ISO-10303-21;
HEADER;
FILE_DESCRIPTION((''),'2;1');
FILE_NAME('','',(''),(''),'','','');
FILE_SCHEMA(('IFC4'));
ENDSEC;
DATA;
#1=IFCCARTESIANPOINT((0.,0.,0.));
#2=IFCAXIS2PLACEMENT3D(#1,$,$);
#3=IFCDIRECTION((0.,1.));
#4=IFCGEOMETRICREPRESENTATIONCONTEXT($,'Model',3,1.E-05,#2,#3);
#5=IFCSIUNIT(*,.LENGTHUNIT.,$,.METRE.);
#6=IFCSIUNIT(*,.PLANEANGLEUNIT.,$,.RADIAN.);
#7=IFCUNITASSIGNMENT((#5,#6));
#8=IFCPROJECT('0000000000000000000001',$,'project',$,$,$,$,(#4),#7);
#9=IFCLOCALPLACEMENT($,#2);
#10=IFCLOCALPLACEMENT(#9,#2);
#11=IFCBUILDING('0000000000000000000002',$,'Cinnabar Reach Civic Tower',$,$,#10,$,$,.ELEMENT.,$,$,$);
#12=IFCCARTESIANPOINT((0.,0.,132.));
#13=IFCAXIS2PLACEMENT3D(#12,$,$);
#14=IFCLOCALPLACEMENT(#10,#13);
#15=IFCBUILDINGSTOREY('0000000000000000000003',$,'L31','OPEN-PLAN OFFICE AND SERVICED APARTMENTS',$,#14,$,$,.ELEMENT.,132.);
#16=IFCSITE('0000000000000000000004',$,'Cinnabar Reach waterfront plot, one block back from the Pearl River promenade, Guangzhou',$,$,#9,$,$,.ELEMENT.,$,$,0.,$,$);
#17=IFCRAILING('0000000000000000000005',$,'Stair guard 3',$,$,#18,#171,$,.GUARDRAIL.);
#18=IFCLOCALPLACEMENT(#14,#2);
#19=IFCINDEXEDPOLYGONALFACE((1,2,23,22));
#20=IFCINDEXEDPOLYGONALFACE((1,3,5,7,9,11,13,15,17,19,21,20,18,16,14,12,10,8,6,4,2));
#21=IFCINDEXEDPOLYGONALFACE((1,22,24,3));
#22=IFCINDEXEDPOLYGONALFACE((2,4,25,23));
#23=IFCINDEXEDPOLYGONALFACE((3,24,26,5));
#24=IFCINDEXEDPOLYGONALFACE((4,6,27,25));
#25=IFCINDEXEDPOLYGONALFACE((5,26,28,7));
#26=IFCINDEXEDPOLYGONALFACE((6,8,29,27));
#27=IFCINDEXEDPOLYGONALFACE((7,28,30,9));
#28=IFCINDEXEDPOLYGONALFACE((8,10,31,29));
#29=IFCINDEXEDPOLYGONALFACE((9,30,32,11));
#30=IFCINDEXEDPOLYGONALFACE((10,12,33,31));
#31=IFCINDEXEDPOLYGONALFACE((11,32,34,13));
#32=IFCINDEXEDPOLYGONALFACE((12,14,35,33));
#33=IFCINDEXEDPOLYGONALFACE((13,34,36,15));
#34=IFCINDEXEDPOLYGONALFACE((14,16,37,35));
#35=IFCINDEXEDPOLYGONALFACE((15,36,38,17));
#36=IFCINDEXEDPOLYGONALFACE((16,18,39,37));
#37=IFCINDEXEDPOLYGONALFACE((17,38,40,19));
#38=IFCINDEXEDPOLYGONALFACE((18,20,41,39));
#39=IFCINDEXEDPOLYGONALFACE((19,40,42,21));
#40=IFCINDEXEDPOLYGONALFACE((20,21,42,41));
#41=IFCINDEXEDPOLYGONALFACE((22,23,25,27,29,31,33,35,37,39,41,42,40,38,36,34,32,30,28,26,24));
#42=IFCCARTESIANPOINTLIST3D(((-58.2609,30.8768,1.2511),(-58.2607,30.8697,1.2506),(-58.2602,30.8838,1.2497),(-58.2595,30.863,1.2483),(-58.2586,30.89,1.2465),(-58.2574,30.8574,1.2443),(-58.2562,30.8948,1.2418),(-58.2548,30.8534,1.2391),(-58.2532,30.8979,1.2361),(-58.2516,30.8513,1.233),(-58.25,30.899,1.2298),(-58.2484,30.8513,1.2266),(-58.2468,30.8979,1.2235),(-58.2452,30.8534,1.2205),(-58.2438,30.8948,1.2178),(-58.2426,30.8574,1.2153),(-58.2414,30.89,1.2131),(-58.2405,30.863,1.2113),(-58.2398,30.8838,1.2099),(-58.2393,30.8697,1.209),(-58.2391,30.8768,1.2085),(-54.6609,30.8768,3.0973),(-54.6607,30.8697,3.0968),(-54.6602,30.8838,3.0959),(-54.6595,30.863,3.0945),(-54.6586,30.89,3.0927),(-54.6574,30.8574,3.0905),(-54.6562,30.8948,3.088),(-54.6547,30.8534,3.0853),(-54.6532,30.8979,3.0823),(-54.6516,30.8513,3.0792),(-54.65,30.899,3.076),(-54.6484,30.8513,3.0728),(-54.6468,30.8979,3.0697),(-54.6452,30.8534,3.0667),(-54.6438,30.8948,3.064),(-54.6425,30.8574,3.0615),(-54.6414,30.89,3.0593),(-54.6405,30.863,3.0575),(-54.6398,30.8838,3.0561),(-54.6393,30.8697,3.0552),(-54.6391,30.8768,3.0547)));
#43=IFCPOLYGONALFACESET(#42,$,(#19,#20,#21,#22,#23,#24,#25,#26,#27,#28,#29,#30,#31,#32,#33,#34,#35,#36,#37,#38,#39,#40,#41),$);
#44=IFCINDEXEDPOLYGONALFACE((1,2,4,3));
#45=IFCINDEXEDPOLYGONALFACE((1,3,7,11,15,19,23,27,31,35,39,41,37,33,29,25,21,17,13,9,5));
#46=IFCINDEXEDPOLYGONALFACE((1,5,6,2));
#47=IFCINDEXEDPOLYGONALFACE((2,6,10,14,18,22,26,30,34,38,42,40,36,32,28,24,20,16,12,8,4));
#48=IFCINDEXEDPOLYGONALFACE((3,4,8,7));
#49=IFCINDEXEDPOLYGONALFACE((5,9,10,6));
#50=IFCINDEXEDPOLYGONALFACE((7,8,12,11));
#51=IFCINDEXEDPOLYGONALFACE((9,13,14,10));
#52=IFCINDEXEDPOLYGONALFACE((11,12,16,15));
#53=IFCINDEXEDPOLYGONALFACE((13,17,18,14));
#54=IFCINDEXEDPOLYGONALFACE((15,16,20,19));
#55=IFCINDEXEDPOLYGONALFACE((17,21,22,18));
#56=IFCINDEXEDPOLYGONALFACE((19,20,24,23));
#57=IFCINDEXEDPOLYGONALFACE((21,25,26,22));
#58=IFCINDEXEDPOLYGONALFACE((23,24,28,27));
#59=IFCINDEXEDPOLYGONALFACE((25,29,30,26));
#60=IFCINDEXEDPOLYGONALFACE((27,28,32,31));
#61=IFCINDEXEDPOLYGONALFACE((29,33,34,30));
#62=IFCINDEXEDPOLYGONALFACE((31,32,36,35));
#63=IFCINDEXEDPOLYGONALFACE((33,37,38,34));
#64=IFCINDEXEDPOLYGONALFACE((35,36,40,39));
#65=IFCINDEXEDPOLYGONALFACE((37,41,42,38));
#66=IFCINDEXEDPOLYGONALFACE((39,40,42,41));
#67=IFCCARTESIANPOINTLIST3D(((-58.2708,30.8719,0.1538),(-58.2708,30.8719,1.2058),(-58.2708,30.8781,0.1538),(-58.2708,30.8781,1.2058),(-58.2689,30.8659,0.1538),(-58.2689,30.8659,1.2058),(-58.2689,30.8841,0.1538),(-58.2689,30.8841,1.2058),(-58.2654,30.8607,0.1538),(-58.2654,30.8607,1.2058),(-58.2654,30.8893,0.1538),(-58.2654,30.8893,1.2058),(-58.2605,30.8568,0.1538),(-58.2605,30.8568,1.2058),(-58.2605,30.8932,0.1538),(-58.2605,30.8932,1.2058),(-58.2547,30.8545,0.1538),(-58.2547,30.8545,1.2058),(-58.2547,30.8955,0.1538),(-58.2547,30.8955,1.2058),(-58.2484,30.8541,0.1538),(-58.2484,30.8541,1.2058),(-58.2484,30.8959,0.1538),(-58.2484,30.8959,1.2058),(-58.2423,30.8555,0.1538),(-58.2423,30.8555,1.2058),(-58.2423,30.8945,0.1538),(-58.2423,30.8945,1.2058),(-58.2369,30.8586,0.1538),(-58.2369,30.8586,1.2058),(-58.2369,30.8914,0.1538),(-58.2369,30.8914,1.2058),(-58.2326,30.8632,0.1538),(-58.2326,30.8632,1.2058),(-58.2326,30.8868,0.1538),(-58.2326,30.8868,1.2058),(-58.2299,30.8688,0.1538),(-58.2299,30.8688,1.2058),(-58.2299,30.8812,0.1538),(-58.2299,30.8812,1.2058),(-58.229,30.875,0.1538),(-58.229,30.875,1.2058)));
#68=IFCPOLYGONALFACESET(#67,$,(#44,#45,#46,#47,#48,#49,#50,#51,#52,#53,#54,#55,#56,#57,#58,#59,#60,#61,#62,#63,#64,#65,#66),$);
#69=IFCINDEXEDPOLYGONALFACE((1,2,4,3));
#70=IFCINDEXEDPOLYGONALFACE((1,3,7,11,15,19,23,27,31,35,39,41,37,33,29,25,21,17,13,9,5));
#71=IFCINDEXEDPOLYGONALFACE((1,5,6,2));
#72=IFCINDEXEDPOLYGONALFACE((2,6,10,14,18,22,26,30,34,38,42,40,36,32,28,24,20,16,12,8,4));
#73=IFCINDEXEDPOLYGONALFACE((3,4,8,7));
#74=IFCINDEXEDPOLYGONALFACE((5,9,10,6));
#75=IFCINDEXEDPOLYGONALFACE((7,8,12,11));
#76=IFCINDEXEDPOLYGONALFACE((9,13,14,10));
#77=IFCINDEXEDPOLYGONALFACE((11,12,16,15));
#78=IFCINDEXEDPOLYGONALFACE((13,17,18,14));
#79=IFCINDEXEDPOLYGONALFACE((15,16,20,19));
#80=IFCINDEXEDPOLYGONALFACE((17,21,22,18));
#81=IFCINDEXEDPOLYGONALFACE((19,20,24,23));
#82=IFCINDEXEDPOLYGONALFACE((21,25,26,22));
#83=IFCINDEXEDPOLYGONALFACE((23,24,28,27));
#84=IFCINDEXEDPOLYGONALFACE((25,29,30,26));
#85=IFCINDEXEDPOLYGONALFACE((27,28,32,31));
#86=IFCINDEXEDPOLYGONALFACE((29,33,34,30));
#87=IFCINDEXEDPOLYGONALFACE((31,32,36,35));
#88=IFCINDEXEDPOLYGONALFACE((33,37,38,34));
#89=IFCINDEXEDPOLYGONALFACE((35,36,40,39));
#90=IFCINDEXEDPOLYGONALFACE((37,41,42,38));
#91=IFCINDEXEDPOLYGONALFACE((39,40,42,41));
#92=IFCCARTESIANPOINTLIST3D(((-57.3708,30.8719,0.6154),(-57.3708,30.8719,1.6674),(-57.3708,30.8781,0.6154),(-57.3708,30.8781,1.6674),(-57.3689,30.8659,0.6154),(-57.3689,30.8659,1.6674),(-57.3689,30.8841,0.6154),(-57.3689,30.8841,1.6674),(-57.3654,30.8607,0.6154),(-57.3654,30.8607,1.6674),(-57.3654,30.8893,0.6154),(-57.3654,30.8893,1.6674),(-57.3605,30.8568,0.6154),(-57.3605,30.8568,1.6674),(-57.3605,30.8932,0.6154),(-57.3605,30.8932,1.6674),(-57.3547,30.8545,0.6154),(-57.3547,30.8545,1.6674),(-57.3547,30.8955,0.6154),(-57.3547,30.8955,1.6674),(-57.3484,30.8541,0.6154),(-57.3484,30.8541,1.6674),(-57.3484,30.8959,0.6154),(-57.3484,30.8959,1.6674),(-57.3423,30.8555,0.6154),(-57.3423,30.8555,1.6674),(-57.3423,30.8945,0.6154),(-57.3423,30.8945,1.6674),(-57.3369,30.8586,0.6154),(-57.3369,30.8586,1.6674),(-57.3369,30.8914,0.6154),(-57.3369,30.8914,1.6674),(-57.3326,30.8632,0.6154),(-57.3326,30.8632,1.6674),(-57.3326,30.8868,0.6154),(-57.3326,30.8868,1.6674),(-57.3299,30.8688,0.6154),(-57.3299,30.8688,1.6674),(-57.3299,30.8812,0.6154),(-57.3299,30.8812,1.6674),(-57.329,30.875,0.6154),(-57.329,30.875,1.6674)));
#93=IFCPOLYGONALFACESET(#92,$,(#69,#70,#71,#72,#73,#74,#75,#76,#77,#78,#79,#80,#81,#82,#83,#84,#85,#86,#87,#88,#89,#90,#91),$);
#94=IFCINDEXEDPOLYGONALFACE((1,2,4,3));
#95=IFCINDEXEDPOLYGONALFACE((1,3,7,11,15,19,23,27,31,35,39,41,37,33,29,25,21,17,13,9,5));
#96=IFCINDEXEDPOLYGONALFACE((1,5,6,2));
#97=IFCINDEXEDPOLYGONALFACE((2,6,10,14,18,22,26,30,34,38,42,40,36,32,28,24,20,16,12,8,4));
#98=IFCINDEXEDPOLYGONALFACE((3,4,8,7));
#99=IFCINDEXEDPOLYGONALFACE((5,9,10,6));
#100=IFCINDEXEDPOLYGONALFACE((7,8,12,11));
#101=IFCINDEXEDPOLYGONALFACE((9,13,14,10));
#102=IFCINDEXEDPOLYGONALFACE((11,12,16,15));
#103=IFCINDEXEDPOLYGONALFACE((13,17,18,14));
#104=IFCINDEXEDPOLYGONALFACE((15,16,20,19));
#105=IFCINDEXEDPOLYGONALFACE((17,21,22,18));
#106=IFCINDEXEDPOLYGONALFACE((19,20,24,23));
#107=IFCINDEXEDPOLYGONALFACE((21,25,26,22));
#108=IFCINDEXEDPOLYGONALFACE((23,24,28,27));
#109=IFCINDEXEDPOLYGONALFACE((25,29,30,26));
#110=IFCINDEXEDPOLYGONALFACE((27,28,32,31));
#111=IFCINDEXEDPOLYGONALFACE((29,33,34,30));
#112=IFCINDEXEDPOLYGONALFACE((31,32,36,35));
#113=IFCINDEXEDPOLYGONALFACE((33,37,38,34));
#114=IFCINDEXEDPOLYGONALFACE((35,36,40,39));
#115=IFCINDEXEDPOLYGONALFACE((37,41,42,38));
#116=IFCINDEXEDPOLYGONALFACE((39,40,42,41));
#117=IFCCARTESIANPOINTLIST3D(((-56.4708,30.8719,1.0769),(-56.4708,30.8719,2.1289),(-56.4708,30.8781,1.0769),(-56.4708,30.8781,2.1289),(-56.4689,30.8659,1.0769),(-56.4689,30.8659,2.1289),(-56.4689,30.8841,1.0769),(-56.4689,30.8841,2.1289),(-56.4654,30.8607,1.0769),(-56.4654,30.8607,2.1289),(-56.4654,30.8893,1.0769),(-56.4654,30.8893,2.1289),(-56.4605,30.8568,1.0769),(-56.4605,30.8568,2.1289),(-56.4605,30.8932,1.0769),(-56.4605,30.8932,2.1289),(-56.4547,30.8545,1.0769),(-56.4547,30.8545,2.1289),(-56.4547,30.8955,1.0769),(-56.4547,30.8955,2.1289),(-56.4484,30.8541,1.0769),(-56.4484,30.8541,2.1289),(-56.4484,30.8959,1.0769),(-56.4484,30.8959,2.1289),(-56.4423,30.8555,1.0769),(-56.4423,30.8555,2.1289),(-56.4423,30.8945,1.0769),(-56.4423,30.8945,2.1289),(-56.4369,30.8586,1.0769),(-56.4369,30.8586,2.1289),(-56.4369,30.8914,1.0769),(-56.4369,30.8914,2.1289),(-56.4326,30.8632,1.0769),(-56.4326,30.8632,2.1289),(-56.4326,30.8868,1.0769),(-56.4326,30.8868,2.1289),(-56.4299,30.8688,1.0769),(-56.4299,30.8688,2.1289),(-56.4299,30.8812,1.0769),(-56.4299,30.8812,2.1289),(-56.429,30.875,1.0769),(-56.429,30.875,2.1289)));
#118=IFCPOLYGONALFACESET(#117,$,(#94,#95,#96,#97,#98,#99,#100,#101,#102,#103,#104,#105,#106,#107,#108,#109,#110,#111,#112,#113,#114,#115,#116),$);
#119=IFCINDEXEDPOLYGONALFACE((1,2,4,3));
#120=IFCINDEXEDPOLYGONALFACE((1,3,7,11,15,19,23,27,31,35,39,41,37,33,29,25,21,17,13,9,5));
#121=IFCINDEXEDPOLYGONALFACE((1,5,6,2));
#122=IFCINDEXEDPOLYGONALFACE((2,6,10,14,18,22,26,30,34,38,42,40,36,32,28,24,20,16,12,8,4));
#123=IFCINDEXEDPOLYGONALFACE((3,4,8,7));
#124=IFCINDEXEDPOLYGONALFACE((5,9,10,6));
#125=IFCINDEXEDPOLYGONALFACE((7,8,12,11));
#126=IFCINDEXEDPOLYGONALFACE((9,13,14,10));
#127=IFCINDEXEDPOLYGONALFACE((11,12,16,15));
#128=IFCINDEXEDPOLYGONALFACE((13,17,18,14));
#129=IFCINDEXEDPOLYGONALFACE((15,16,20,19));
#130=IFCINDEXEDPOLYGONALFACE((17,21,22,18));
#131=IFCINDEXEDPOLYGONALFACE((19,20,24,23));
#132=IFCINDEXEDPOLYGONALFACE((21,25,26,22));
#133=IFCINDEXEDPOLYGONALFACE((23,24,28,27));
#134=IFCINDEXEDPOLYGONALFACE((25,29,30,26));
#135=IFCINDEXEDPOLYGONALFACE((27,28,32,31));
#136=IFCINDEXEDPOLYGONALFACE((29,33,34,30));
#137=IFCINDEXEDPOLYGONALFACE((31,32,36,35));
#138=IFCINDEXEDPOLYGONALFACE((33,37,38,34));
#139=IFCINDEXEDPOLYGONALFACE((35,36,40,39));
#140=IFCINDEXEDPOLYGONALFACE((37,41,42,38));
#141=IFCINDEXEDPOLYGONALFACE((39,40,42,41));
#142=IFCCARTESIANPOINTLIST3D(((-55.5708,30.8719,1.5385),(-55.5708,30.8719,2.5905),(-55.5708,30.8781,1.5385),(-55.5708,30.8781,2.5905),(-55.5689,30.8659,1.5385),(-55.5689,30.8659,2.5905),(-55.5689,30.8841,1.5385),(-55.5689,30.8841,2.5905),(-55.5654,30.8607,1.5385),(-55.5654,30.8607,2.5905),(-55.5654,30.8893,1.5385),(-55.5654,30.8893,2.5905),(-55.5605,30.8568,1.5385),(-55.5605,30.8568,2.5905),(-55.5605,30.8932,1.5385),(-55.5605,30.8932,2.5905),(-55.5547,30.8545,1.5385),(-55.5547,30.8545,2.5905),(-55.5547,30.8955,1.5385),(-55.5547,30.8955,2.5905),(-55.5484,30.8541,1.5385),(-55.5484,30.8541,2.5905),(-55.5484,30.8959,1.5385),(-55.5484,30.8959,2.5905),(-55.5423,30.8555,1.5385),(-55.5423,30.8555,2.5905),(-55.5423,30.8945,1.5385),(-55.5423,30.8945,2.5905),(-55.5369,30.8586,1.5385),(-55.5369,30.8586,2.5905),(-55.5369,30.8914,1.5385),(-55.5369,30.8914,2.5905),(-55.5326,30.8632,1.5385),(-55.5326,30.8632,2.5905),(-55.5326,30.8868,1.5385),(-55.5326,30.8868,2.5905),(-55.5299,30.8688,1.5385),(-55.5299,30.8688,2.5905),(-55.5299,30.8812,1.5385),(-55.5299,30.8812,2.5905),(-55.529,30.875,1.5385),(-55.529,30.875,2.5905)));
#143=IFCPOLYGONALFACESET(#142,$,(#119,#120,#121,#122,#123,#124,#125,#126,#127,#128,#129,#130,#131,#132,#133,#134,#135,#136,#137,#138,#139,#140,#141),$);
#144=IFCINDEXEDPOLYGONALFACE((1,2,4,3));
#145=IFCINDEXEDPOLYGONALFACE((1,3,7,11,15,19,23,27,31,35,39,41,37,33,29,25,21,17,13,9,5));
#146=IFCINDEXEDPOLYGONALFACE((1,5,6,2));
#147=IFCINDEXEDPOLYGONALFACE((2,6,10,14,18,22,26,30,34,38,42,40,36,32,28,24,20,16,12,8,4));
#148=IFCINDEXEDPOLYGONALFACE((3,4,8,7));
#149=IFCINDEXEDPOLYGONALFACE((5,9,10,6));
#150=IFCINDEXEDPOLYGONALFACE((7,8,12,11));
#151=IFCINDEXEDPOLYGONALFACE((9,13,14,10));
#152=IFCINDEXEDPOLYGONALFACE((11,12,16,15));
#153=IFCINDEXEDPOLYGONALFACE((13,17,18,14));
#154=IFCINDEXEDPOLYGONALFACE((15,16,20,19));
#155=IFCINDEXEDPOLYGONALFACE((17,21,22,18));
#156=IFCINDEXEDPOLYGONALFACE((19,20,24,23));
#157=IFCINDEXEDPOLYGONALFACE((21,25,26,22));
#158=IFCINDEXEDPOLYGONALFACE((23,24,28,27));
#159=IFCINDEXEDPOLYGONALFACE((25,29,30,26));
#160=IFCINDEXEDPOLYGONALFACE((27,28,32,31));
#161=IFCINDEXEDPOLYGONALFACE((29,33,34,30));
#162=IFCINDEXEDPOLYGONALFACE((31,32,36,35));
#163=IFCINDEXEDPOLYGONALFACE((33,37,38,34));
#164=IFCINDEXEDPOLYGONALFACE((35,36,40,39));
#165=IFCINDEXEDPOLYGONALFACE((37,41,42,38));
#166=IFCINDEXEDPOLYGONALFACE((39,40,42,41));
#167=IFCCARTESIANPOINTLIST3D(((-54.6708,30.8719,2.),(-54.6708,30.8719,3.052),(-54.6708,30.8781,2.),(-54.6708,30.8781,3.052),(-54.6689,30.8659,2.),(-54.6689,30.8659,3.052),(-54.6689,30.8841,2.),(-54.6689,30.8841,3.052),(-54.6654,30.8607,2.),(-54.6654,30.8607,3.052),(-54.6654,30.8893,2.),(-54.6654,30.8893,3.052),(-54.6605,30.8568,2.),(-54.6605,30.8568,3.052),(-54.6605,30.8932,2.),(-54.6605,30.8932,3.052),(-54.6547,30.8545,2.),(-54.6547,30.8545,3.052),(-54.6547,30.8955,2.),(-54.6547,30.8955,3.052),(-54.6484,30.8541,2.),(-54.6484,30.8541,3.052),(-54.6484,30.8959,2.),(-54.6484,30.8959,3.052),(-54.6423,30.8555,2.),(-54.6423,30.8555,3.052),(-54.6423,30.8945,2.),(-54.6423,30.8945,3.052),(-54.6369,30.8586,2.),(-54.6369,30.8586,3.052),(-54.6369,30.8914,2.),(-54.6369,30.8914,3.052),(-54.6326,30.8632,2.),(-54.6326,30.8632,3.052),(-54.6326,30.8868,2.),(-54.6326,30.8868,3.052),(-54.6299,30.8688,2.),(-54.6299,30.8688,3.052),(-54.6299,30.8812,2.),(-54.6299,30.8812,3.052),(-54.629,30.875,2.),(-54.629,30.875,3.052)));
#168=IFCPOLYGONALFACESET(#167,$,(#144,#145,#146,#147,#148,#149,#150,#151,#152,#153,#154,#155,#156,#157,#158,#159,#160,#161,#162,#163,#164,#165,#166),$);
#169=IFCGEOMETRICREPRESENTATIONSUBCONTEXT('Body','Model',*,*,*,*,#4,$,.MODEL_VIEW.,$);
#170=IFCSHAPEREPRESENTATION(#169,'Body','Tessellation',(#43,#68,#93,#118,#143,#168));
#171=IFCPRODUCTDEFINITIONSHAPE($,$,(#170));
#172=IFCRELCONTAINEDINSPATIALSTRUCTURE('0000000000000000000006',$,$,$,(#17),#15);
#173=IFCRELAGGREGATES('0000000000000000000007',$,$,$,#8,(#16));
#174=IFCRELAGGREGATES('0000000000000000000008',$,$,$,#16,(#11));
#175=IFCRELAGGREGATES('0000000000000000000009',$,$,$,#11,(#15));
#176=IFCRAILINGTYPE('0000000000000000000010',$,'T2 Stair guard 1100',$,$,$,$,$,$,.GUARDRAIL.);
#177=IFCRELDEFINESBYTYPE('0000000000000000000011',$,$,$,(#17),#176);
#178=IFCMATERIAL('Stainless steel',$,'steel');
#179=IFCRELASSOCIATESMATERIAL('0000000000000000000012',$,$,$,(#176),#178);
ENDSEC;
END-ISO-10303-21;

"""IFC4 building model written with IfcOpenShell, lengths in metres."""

from ifc_helpers import new_model, si_unit, direction, frame, origin, origin_2d, place, context, subcontext, project, spatial, circle, extrude, material, type_object, element, save


model = new_model("IFC4")

# Units and contexts
model_context = context("Model", 3, precision=1e-05, world=origin(), true_north=direction((0.0, 1.0)))
body_context = subcontext(model_context, "Body", "Model", "MODEL_VIEW")
ifc_project = project(units=[si_unit("LENGTHUNIT", "METRE"), si_unit("PLANEANGLEUNIT", "RADIAN")], contexts=[model_context])

# Site, building, storey
site_placement = place(None, origin())
site = spatial("IfcSite", under=ifc_project, at=site_placement, Name="Cinnabar Reach waterfront plot, one block back from the Pearl River promenade, Guangzhou", CompositionType="ELEMENT", RefElevation=0.0)
building_placement = place(site_placement, origin())
building = spatial("IfcBuilding", under=site, at=building_placement, Name="Cinnabar Reach Civic Tower", CompositionType="ELEMENT")
storey_placement = place(building_placement, frame((0.0, 0.0, 132.0)))
storey = spatial("IfcBuildingStorey", under=building, at=storey_placement, Name="L31", Description="OPEN-PLAN OFFICE AND SERVICED APARTMENTS", CompositionType="ELEMENT", Elevation=132.0)

# Railing
ifc_material_1 = material(Name="Stainless steel", Category="steel")
railing_type = type_object("IfcRailingType", Name="T2 Stair guard 1100", PredefinedType="GUARDRAIL", material=ifc_material_1)
railing_placement = place(storey_placement, frame((-58.25, 30.875, 0.1538)))
element("IfcRailing", 1, at=railing_placement, inside=storey, type_object=railing_type, Name="Stair guard 3", PredefinedType="GUARDRAIL", context=body_context, shape_type="SweptSolid", body=[
    extrude(circle(Radius=0.024, at=origin_2d()), frame((0.0, 0.0, 1.076), z_axis=(0.889813, 0.0, 0.456326), x_axis=(0.0, 1.0, 0.0)), (0.0, 0.0, 1.0), 4.0458),
    extrude(circle(Radius=0.021, at=origin_2d()), origin(), (0.0, 0.0, 1.0), 1.052),
    extrude(circle(Radius=0.021, at=origin_2d()), frame((0.9, 0.0, 0.4616)), (0.0, 0.0, 1.0), 1.052),
    extrude(circle(Radius=0.021, at=origin_2d()), frame((1.8, 0.0, 0.9231)), (0.0, 0.0, 1.0), 1.052),
    extrude(circle(Radius=0.021, at=origin_2d()), frame((2.7, 0.0, 1.3847)), (0.0, 0.0, 1.0), 1.052),
    extrude(circle(Radius=0.021, at=origin_2d()), frame((3.6, 0.0, 1.8462)), (0.0, 0.0, 1.0), 1.052),
])

save(model, "model.ifc")
